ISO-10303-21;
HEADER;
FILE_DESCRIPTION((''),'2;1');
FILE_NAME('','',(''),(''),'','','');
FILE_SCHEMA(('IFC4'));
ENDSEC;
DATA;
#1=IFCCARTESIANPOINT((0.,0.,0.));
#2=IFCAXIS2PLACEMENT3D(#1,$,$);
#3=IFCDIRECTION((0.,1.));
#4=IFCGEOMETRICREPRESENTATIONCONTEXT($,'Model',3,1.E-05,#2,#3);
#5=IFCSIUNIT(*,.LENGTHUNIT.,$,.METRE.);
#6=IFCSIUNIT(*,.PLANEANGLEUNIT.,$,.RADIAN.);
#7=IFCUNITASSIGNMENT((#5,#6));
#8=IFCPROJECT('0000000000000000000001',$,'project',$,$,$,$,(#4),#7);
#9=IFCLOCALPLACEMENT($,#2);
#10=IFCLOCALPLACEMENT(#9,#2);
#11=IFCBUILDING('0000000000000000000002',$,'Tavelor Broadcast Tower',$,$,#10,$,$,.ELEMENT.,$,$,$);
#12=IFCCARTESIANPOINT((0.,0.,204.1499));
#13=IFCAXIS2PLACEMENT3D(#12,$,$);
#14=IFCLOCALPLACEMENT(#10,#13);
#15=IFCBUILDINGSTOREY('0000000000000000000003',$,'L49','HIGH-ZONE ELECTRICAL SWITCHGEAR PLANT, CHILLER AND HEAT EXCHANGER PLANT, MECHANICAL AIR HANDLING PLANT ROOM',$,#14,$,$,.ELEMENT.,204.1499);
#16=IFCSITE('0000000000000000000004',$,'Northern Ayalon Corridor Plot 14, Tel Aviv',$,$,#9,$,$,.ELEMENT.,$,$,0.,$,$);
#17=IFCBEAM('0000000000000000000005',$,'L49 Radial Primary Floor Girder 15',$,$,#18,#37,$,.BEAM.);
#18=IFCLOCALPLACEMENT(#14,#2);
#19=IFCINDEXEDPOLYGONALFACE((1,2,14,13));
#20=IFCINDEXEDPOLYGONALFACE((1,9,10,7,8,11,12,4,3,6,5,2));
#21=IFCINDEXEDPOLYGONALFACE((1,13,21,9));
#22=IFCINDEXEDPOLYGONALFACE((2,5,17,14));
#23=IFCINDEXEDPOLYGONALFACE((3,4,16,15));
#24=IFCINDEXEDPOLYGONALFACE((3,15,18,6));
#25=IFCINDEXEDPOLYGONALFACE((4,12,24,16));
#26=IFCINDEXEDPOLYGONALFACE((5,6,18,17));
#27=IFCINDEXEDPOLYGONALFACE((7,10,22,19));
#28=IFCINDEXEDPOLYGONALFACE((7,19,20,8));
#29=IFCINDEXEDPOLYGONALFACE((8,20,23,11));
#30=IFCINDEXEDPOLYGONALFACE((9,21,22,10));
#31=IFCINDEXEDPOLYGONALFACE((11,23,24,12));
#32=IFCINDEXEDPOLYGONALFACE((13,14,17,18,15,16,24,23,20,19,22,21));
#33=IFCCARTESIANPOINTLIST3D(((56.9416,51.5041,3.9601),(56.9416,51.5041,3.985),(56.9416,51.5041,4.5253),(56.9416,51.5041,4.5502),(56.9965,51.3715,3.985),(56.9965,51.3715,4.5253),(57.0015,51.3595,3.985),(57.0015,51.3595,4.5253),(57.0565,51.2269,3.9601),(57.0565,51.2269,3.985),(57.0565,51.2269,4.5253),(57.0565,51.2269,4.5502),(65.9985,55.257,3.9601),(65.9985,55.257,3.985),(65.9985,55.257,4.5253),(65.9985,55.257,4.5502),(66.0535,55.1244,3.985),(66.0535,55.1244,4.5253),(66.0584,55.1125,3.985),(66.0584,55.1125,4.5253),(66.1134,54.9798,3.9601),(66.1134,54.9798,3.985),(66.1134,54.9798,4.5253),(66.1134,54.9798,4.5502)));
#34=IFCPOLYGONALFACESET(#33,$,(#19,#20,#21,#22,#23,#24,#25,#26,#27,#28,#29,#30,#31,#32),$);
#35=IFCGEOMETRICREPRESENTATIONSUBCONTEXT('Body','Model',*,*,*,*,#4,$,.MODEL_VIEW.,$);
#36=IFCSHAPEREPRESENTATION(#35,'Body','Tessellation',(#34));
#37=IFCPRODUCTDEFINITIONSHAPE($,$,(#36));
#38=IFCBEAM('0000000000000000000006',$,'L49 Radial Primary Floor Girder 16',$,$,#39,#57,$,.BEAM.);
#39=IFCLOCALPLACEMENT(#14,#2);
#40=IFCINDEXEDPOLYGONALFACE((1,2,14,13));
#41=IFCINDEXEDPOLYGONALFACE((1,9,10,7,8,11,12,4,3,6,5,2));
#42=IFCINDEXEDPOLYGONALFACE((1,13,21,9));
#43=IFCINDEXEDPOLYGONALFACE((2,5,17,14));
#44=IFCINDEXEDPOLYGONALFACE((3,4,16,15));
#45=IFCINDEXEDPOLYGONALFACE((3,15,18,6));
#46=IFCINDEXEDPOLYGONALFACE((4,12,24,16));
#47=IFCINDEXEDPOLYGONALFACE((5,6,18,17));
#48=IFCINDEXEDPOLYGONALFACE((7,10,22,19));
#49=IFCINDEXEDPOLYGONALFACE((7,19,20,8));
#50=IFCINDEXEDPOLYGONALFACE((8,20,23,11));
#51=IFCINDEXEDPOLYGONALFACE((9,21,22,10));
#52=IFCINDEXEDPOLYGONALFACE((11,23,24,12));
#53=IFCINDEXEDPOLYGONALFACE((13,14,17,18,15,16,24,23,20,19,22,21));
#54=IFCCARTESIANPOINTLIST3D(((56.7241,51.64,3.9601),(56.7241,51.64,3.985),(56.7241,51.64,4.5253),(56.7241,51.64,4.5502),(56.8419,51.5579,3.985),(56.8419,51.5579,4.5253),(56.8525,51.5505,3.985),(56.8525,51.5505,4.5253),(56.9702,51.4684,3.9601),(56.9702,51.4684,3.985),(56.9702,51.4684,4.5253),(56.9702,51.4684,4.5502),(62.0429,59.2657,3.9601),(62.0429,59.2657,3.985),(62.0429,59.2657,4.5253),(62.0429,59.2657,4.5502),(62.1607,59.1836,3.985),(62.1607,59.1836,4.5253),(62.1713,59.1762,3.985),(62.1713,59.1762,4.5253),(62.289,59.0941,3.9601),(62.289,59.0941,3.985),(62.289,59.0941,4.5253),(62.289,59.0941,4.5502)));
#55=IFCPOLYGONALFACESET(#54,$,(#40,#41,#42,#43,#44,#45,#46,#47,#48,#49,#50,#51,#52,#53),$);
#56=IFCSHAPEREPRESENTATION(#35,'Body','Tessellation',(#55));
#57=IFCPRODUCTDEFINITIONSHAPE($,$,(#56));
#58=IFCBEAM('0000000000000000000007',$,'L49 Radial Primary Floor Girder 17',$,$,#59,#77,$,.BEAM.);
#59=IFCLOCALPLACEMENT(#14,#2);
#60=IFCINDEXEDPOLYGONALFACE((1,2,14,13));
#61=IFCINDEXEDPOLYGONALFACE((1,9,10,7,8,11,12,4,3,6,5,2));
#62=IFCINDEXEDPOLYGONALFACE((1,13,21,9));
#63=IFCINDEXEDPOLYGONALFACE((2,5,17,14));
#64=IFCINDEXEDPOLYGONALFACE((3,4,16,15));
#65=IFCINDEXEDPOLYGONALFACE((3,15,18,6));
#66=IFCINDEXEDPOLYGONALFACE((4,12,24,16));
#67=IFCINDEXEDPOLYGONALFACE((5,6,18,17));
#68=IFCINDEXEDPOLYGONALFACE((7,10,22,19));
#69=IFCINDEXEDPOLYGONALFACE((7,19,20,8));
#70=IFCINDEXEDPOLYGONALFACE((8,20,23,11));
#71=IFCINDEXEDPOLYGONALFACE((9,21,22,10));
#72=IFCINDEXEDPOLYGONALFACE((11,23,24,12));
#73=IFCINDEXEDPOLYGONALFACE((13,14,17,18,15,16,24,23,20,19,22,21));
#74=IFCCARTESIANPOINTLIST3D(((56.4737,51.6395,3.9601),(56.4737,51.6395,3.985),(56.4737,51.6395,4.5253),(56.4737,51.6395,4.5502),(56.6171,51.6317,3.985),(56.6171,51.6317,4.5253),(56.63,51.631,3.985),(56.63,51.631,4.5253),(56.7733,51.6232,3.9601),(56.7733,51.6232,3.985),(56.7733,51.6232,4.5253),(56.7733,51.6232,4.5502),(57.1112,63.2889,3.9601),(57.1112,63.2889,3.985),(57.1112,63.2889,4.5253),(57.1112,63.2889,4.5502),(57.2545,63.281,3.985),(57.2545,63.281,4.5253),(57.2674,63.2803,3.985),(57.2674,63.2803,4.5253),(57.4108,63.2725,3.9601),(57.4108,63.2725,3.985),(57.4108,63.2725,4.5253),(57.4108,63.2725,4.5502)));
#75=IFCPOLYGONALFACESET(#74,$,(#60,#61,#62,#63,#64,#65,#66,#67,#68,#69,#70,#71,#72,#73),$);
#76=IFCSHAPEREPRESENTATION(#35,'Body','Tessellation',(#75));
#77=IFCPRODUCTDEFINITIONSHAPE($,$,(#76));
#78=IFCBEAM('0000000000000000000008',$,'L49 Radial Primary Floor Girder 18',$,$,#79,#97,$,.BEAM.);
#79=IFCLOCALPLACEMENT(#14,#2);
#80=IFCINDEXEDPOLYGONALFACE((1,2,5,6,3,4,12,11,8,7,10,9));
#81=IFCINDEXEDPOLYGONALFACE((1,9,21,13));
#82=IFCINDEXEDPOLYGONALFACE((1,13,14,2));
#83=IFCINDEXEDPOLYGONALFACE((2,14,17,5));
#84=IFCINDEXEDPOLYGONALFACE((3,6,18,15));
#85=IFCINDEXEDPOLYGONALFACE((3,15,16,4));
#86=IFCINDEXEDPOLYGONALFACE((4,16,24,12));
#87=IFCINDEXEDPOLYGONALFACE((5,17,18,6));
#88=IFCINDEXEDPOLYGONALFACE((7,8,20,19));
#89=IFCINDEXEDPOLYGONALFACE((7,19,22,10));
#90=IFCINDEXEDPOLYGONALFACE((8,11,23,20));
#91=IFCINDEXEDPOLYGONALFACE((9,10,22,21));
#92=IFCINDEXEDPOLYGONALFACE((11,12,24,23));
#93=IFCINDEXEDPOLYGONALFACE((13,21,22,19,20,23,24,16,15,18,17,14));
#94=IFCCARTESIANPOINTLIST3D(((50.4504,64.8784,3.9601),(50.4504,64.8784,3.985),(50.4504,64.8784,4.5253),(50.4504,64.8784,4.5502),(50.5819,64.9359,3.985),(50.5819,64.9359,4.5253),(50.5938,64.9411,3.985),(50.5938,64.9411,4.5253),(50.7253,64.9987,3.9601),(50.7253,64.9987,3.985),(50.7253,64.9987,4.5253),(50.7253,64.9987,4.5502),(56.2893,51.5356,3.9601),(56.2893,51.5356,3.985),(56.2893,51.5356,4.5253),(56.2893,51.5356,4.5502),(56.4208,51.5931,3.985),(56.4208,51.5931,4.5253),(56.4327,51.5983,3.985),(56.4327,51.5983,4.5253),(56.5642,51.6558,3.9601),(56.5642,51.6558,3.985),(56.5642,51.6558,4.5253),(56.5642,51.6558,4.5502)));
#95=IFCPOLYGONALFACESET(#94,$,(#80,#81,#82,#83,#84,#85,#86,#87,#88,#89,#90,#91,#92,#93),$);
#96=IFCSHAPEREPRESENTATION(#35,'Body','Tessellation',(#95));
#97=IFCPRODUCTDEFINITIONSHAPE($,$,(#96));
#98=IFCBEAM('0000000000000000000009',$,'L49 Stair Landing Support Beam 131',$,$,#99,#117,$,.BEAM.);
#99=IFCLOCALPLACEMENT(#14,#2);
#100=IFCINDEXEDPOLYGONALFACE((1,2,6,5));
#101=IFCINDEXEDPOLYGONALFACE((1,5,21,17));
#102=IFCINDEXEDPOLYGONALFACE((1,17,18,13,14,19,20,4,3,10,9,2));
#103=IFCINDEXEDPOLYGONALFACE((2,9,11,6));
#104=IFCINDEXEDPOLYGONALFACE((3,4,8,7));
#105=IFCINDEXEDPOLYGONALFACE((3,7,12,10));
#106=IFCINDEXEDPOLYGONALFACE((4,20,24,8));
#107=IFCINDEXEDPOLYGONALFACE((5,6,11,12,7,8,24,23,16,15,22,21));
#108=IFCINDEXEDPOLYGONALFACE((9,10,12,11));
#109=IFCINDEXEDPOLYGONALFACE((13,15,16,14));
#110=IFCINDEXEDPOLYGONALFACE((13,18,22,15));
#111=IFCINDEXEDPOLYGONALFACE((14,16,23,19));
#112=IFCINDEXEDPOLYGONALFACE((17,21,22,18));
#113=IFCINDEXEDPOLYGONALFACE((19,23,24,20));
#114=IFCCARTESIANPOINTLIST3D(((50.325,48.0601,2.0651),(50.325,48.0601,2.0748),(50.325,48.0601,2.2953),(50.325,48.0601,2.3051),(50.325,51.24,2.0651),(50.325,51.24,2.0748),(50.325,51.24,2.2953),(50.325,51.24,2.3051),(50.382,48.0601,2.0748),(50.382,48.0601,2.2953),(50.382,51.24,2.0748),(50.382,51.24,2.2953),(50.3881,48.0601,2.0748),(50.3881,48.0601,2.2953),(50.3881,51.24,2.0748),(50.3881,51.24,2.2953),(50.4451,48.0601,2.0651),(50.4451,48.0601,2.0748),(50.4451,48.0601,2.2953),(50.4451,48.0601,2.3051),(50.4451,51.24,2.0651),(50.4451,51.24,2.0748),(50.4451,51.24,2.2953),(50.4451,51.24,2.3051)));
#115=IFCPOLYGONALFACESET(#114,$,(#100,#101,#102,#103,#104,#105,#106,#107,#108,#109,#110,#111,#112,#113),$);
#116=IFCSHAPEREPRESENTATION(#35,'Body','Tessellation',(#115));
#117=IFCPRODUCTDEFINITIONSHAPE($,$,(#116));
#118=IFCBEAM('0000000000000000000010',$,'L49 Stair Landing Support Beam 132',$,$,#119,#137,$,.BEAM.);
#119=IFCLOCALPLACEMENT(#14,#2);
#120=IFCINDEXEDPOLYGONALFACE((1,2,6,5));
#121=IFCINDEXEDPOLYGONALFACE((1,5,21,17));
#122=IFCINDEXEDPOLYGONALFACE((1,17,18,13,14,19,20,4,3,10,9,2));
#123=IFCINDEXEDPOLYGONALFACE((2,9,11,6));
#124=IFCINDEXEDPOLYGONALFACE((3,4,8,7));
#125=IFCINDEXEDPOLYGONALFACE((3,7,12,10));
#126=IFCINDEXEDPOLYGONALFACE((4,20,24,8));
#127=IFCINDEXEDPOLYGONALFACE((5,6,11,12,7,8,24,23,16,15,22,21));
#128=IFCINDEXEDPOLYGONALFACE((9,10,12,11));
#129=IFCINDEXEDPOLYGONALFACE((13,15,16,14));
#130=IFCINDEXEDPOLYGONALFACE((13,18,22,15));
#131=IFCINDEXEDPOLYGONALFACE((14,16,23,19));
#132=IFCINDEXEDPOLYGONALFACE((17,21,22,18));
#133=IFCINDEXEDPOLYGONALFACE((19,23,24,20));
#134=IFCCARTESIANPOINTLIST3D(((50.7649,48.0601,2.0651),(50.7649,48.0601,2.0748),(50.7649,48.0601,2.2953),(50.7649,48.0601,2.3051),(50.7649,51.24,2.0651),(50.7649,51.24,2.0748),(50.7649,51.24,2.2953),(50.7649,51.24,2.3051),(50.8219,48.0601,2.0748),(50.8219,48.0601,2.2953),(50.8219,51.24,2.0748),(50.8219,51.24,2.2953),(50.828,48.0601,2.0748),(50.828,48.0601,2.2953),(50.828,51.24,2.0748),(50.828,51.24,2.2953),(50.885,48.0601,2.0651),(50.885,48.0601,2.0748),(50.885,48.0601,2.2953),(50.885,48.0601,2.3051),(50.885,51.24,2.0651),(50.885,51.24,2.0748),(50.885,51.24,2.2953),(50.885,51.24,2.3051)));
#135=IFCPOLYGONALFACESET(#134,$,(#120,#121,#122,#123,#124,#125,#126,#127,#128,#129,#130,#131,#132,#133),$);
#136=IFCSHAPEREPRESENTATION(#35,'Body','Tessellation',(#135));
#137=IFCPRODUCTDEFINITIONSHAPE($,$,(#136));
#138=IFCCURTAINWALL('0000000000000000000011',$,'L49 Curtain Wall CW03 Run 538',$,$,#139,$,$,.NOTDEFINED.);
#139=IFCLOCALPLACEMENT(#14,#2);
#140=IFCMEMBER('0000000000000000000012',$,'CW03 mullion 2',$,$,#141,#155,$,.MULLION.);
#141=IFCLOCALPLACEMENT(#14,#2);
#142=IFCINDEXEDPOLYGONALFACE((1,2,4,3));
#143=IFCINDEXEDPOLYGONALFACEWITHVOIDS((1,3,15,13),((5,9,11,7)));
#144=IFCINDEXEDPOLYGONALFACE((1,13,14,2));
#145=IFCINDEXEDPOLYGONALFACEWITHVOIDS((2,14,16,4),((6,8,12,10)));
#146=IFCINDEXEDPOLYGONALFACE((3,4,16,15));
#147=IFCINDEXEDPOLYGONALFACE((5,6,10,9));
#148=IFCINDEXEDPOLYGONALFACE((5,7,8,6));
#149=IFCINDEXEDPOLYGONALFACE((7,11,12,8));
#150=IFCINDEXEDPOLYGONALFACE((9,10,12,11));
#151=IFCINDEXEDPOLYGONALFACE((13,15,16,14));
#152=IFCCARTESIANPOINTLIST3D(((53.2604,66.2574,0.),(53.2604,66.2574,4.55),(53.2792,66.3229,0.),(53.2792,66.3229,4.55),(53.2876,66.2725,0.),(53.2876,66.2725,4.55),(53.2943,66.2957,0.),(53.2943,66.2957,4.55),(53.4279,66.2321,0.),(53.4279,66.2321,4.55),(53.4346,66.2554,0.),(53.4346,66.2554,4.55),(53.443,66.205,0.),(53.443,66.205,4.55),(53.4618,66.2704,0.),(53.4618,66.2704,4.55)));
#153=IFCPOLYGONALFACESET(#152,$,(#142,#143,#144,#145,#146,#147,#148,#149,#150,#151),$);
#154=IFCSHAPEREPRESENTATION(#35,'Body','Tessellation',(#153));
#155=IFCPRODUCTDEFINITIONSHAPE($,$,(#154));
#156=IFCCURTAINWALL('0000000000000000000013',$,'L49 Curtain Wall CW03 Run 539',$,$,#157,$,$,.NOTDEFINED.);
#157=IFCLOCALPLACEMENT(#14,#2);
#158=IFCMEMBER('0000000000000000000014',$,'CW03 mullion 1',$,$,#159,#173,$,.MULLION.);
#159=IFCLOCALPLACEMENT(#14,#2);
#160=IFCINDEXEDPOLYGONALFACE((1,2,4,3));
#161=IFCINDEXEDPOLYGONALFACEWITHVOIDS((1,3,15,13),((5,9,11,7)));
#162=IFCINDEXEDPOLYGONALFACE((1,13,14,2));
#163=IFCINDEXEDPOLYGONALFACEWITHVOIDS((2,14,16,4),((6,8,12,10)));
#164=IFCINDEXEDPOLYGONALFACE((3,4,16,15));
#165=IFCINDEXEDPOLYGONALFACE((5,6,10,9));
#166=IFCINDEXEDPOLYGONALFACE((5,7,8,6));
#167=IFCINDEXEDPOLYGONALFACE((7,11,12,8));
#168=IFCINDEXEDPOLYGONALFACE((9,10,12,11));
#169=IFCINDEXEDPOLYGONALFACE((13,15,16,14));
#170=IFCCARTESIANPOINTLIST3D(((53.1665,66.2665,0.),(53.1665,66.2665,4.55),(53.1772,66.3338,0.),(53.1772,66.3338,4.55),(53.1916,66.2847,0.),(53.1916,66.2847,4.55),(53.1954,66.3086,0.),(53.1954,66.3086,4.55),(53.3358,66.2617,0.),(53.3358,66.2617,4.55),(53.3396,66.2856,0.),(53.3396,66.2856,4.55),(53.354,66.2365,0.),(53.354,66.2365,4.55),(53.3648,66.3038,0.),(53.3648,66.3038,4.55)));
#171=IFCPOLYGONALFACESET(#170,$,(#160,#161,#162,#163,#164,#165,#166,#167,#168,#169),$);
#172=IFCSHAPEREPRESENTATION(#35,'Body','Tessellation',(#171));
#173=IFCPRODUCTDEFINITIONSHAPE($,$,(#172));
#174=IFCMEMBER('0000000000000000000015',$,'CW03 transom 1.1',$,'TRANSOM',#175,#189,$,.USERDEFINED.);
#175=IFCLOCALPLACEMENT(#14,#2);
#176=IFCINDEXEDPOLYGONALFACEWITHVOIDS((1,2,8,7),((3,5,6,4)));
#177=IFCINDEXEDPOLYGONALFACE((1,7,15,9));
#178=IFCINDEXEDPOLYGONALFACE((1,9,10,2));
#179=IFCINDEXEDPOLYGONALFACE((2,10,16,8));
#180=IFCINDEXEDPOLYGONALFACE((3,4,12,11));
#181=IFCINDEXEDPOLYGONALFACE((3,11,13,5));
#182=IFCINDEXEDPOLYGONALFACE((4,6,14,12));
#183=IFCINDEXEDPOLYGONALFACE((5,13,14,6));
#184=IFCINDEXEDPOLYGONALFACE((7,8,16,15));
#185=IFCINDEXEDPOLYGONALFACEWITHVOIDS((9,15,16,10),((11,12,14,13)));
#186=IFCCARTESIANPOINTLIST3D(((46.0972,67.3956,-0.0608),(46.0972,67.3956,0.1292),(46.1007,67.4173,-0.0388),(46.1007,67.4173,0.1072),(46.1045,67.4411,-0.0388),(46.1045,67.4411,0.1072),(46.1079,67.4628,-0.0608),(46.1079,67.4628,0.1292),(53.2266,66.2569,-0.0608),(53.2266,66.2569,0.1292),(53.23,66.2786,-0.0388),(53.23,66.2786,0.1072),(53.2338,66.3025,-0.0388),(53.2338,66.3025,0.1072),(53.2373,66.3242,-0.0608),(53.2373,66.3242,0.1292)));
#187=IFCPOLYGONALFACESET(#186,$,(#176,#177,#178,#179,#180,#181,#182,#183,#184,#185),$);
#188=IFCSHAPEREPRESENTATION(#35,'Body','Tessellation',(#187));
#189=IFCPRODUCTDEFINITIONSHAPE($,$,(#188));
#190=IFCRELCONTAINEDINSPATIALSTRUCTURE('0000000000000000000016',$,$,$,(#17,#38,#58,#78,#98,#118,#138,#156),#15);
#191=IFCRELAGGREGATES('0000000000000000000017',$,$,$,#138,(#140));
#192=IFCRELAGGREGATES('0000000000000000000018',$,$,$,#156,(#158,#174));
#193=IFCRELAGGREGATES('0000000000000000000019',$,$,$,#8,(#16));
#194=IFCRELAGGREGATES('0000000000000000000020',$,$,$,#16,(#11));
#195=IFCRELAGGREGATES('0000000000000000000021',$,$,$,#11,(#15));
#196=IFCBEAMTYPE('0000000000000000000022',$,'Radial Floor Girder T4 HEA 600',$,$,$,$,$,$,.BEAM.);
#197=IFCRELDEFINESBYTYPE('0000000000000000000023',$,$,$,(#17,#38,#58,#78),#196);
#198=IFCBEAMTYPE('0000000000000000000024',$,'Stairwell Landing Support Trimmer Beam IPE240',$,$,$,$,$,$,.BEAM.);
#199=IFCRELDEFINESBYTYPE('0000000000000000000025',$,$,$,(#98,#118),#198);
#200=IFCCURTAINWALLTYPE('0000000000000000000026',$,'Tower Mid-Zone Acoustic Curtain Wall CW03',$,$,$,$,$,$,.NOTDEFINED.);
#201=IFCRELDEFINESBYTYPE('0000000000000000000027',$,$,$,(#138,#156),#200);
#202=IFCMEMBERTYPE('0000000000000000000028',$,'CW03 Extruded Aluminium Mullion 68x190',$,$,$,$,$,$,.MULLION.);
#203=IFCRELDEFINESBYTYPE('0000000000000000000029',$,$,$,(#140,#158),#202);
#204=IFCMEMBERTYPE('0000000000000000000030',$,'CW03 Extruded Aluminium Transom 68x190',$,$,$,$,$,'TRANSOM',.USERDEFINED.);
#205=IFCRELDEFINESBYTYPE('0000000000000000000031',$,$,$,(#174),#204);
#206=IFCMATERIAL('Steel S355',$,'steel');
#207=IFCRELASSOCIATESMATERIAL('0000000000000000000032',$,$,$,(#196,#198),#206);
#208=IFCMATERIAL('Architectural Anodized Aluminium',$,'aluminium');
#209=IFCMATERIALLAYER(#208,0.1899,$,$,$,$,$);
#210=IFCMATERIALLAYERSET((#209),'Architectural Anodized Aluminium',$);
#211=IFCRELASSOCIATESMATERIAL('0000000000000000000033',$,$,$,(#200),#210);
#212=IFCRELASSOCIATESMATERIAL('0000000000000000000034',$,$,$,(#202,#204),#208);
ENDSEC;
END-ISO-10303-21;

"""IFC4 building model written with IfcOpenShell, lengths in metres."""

from ifc_helpers import new_model, si_unit, direction, frame, origin, origin_2d, place, context, subcontext, project, spatial, hollow_rectangle, i_section, extrude, source, transform, mapped, material, layer, layer_set, material_profile, profile_set, type_object, type_shapes, element, aggregate, save


model = new_model("IFC4")

# Units and contexts
model_context = context("Model", 3, precision=1e-05, world=origin(), true_north=direction((0.0, 1.0)))
body_context = subcontext(model_context, "Body", "Model", "MODEL_VIEW")
ifc_project = project(units=[si_unit("LENGTHUNIT", "METRE"), si_unit("PLANEANGLEUNIT", "RADIAN")], contexts=[model_context])

# Site, building, storey
site_placement = place(None, origin())
site = spatial("IfcSite", under=ifc_project, at=site_placement, Name="Northern Ayalon Corridor Plot 14, Tel Aviv", CompositionType="ELEMENT", RefElevation=0.0)
building_placement = place(site_placement, origin())
building = spatial("IfcBuilding", under=site, at=building_placement, Name="Tavelor Broadcast Tower", CompositionType="ELEMENT")
storey_placement = place(building_placement, frame((0.0, 0.0, 204.1499)))
storey = spatial("IfcBuildingStorey", under=building, at=storey_placement, Name="L49", Description="HIGH-ZONE ELECTRICAL SWITCHGEAR PLANT, CHILLER AND HEAT EXCHANGER PLANT, MECHANICAL AIR HANDLING PLANT ROOM", CompositionType="ELEMENT", Elevation=204.1499)

# Beams
ifc_material_1 = material(Name="Steel S355", Category="steel")
ifc_material_profile_1 = material_profile(ifc_material_1, i_section(OverallWidth=0.3, OverallDepth=0.5901, WebThickness=0.0129, FlangeThickness=0.0249, at=origin_2d()), Name="HEA 600")
ifc_profile_set_1 = profile_set([ifc_material_profile_1], Name="Steel S355")
beam_type_1 = type_object("IfcBeamType", Name="Radial Floor Girder T4 HEA 600", PredefinedType="BEAM", material=ifc_profile_set_1)
beam_1_placement = place(storey_placement, frame((56.999, 51.3655, 4.2551), z_axis=(0.923827, 0.382809, 0.0), x_axis=(-0.382809, 0.923827, 0.0)))
element("IfcBeam", 1, at=beam_1_placement, inside=storey, type_object=beam_type_1, Name="L49 Radial Primary Floor Girder 15", PredefinedType="BEAM", context=body_context, shape_type="SweptSolid", body=[
    extrude(i_section(OverallWidth=0.3, OverallDepth=0.5901, WebThickness=0.0129, FlangeThickness=0.0249, at=origin_2d()), origin(), (0.0, 0.0, 1.0), 9.8037),
])
beam_2_placement = place(storey_placement, frame((56.8472, 51.5542, 4.2551), z_axis=(0.572078, 0.820199, 0.0), x_axis=(-0.820199, 0.572078, 0.0)))
element("IfcBeam", 2, at=beam_2_placement, inside=storey, type_object=beam_type_1, Name="L49 Radial Primary Floor Girder 16", PredefinedType="BEAM", context=body_context, shape_type="SweptSolid", body=[
    extrude(i_section(OverallWidth=0.3, OverallDepth=0.5901, WebThickness=0.0129, FlangeThickness=0.0249, at=origin_2d()), origin(), (0.0, 0.0, 1.0), 9.2974),
])
beam_3_placement = place(storey_placement, frame((56.6235, 51.6313, 4.2551), z_axis=(0.054638, 0.998506, 0.0), x_axis=(-0.998506, 0.054638, 0.0)))
element("IfcBeam", 3, at=beam_3_placement, inside=storey, type_object=beam_type_1, Name="L49 Radial Primary Floor Girder 17", PredefinedType="BEAM", context=body_context, shape_type="SweptSolid", body=[
    extrude(i_section(OverallWidth=0.3, OverallDepth=0.5901, WebThickness=0.0129, FlangeThickness=0.0249, at=origin_2d()), origin(), (0.0, 0.0, 1.0), 11.6667),
])
beam_4_placement = place(storey_placement, frame((56.4268, 51.5957, 4.2551), z_axis=(-0.4009, 0.916122, 0.0), x_axis=(-0.916122, -0.4009, 0.0)))
element("IfcBeam", 4, at=beam_4_placement, inside=storey, type_object=beam_type_1, Name="L49 Radial Primary Floor Girder 18", PredefinedType="BEAM", context=body_context, shape_type="SweptSolid", body=[
    extrude(i_section(OverallWidth=0.3, OverallDepth=0.5901, WebThickness=0.0129, FlangeThickness=0.0249, at=origin_2d()), origin(), (0.0, 0.0, 1.0), 14.5645),
])
ifc_material_profile_2 = material_profile(ifc_material_1, i_section(OverallWidth=0.1201, OverallDepth=0.24, WebThickness=0.0061, FlangeThickness=0.0098, at=origin_2d()), Name="IPE 240")
ifc_profile_set_2 = profile_set([ifc_material_profile_2], Name="Steel S355")
beam_type_2 = type_object("IfcBeamType", Name="Stairwell Landing Support Trimmer Beam IPE240", PredefinedType="BEAM", material=ifc_profile_set_2)
for number, where, z_axis, x_axis, name in (
    (5, (50.385, 48.0601, 2.1851), (0.0, 1.0, 0.0), (-1.0, 0.0, 0.0), "L49 Stair Landing Support Beam 131"),
    (6, (50.825, 48.0601, 2.1851), (0.0, 1.0, 0.0), (-1.0, 0.0, 0.0), "L49 Stair Landing Support Beam 132"),
):
    element("IfcBeam", number, at=place(storey_placement, frame(where, z_axis=z_axis, x_axis=x_axis)), inside=storey, type_object=beam_type_2, Name=name, PredefinedType="BEAM", context=body_context, shape_type="SweptSolid", body=[
        extrude(i_section(OverallWidth=0.1201, OverallDepth=0.24, WebThickness=0.0061, FlangeThickness=0.0098, at=origin_2d()), origin(), (0.0, 0.0, 1.0), 3.1799),
    ])

# Curtain wall, member
ifc_material_2 = material(Name="Architectural Anodized Aluminium", Category="aluminium")
ifc_layer_1 = layer(ifc_material_2, 0.1899)
ifc_layer_set_1 = layer_set([ifc_layer_1], Name="Architectural Anodized Aluminium")
curtain_wall_type = type_object("IfcCurtainWallType", Name="Tower Mid-Zone Acoustic Curtain Wall CW03", PredefinedType="NOTDEFINED", material=ifc_layer_set_1)
curtain_wall_1_placement = place(storey_placement, origin())
curtain_wall_1 = element("IfcCurtainWall", 7, at=curtain_wall_1_placement, inside=storey, type_object=curtain_wall_type, Name="L49 Curtain Wall CW03 Run 538", PredefinedType="NOTDEFINED")
ifc_material_profile_3 = material_profile(ifc_material_2, hollow_rectangle(XDim=0.0681, YDim=0.1899, WallThickness=0.022, at=origin_2d()), Name="RHS 68x190x22")
ifc_profile_set_3 = profile_set([ifc_material_profile_3], Name="Architectural Anodized Aluminium")
member_type_1 = type_object("IfcMemberType", Name="CW03 Extruded Aluminium Mullion 68x190", PredefinedType="MULLION", material=ifc_profile_set_3)
shared_shape_1 = source(origin(), body_context, "Body", "SweptSolid", [
    extrude(hollow_rectangle(XDim=0.0681, YDim=0.1899, WallThickness=0.022, at=origin_2d()), origin(), (0.0, 0.0, 1.0), 4.55),
])
type_shapes(member_type_1, [shared_shape_1])
member_1_placement = place(storey_placement, frame((53.3611, 66.2639, 0.0), z_axis=(0.0, 0.0, 1.0), x_axis=(-0.276053, -0.961142, 0.0)))
member_1 = element("IfcMember", 8, at=member_1_placement, type_object=member_type_1, Name="CW03 mullion 2", PredefinedType="MULLION", context=body_context, shape_type="MappedRepresentation", body=[
    mapped(shared_shape_1, transform((0.0, 0.0, 0.0), scale=1.0)),
])

# Curtain wall, members
curtain_wall_2_placement = place(storey_placement, origin())
curtain_wall_2 = element("IfcCurtainWall", 9, at=curtain_wall_2_placement, inside=storey, type_object=curtain_wall_type, Name="L49 Curtain Wall CW03 Run 539", PredefinedType="NOTDEFINED")
member_2_placement = place(storey_placement, frame((53.2656, 66.2852, 0.0), z_axis=(0.0, 0.0, 1.0), x_axis=(-0.157698, -0.987487, 0.0)))
member_2 = element("IfcMember", 10, at=member_2_placement, type_object=member_type_1, Name="CW03 mullion 1", PredefinedType="MULLION", context=body_context, shape_type="MappedRepresentation", body=[
    mapped(shared_shape_1, transform((0.0, 0.0, 0.0), scale=1.0)),
])
ifc_material_profile_4 = material_profile(ifc_material_2, hollow_rectangle(XDim=0.0681, YDim=0.1899, WallThickness=0.022, at=origin_2d()), Name="RHS 68x190x22")
ifc_profile_set_4 = profile_set([ifc_material_profile_4], Name="Architectural Anodized Aluminium")
member_type_2 = type_object("IfcMemberType", Name="CW03 Extruded Aluminium Transom 68x190", ElementType="TRANSOM", PredefinedType="USERDEFINED", material=ifc_profile_set_4)
shared_shape_2 = source(origin(), body_context, "Body", "SweptSolid", [
    extrude(hollow_rectangle(XDim=0.0681, YDim=0.1899, WallThickness=0.022, at=origin_2d()), origin(), (0.0, 0.0, 1.0), 7.2197),
])
type_shapes(member_type_2, [shared_shape_2])
member_3_placement = place(storey_placement, frame((53.2319, 66.2905, 0.0342), z_axis=(-0.987484, 0.157716, 0.0), x_axis=(-0.157716, -0.987484, 0.0)))
member_3 = element("IfcMember", 11, at=member_3_placement, type_object=member_type_2, Name="CW03 transom 1.1", ObjectType="TRANSOM", PredefinedType="USERDEFINED", context=body_context, shape_type="MappedRepresentation", body=[
    mapped(shared_shape_2, transform((0.0, 0.0, 0.0), scale=1.0)),
])

aggregate(curtain_wall_1, [member_1])
aggregate(curtain_wall_2, [member_2, member_3])

save(model, "model.ifc")
